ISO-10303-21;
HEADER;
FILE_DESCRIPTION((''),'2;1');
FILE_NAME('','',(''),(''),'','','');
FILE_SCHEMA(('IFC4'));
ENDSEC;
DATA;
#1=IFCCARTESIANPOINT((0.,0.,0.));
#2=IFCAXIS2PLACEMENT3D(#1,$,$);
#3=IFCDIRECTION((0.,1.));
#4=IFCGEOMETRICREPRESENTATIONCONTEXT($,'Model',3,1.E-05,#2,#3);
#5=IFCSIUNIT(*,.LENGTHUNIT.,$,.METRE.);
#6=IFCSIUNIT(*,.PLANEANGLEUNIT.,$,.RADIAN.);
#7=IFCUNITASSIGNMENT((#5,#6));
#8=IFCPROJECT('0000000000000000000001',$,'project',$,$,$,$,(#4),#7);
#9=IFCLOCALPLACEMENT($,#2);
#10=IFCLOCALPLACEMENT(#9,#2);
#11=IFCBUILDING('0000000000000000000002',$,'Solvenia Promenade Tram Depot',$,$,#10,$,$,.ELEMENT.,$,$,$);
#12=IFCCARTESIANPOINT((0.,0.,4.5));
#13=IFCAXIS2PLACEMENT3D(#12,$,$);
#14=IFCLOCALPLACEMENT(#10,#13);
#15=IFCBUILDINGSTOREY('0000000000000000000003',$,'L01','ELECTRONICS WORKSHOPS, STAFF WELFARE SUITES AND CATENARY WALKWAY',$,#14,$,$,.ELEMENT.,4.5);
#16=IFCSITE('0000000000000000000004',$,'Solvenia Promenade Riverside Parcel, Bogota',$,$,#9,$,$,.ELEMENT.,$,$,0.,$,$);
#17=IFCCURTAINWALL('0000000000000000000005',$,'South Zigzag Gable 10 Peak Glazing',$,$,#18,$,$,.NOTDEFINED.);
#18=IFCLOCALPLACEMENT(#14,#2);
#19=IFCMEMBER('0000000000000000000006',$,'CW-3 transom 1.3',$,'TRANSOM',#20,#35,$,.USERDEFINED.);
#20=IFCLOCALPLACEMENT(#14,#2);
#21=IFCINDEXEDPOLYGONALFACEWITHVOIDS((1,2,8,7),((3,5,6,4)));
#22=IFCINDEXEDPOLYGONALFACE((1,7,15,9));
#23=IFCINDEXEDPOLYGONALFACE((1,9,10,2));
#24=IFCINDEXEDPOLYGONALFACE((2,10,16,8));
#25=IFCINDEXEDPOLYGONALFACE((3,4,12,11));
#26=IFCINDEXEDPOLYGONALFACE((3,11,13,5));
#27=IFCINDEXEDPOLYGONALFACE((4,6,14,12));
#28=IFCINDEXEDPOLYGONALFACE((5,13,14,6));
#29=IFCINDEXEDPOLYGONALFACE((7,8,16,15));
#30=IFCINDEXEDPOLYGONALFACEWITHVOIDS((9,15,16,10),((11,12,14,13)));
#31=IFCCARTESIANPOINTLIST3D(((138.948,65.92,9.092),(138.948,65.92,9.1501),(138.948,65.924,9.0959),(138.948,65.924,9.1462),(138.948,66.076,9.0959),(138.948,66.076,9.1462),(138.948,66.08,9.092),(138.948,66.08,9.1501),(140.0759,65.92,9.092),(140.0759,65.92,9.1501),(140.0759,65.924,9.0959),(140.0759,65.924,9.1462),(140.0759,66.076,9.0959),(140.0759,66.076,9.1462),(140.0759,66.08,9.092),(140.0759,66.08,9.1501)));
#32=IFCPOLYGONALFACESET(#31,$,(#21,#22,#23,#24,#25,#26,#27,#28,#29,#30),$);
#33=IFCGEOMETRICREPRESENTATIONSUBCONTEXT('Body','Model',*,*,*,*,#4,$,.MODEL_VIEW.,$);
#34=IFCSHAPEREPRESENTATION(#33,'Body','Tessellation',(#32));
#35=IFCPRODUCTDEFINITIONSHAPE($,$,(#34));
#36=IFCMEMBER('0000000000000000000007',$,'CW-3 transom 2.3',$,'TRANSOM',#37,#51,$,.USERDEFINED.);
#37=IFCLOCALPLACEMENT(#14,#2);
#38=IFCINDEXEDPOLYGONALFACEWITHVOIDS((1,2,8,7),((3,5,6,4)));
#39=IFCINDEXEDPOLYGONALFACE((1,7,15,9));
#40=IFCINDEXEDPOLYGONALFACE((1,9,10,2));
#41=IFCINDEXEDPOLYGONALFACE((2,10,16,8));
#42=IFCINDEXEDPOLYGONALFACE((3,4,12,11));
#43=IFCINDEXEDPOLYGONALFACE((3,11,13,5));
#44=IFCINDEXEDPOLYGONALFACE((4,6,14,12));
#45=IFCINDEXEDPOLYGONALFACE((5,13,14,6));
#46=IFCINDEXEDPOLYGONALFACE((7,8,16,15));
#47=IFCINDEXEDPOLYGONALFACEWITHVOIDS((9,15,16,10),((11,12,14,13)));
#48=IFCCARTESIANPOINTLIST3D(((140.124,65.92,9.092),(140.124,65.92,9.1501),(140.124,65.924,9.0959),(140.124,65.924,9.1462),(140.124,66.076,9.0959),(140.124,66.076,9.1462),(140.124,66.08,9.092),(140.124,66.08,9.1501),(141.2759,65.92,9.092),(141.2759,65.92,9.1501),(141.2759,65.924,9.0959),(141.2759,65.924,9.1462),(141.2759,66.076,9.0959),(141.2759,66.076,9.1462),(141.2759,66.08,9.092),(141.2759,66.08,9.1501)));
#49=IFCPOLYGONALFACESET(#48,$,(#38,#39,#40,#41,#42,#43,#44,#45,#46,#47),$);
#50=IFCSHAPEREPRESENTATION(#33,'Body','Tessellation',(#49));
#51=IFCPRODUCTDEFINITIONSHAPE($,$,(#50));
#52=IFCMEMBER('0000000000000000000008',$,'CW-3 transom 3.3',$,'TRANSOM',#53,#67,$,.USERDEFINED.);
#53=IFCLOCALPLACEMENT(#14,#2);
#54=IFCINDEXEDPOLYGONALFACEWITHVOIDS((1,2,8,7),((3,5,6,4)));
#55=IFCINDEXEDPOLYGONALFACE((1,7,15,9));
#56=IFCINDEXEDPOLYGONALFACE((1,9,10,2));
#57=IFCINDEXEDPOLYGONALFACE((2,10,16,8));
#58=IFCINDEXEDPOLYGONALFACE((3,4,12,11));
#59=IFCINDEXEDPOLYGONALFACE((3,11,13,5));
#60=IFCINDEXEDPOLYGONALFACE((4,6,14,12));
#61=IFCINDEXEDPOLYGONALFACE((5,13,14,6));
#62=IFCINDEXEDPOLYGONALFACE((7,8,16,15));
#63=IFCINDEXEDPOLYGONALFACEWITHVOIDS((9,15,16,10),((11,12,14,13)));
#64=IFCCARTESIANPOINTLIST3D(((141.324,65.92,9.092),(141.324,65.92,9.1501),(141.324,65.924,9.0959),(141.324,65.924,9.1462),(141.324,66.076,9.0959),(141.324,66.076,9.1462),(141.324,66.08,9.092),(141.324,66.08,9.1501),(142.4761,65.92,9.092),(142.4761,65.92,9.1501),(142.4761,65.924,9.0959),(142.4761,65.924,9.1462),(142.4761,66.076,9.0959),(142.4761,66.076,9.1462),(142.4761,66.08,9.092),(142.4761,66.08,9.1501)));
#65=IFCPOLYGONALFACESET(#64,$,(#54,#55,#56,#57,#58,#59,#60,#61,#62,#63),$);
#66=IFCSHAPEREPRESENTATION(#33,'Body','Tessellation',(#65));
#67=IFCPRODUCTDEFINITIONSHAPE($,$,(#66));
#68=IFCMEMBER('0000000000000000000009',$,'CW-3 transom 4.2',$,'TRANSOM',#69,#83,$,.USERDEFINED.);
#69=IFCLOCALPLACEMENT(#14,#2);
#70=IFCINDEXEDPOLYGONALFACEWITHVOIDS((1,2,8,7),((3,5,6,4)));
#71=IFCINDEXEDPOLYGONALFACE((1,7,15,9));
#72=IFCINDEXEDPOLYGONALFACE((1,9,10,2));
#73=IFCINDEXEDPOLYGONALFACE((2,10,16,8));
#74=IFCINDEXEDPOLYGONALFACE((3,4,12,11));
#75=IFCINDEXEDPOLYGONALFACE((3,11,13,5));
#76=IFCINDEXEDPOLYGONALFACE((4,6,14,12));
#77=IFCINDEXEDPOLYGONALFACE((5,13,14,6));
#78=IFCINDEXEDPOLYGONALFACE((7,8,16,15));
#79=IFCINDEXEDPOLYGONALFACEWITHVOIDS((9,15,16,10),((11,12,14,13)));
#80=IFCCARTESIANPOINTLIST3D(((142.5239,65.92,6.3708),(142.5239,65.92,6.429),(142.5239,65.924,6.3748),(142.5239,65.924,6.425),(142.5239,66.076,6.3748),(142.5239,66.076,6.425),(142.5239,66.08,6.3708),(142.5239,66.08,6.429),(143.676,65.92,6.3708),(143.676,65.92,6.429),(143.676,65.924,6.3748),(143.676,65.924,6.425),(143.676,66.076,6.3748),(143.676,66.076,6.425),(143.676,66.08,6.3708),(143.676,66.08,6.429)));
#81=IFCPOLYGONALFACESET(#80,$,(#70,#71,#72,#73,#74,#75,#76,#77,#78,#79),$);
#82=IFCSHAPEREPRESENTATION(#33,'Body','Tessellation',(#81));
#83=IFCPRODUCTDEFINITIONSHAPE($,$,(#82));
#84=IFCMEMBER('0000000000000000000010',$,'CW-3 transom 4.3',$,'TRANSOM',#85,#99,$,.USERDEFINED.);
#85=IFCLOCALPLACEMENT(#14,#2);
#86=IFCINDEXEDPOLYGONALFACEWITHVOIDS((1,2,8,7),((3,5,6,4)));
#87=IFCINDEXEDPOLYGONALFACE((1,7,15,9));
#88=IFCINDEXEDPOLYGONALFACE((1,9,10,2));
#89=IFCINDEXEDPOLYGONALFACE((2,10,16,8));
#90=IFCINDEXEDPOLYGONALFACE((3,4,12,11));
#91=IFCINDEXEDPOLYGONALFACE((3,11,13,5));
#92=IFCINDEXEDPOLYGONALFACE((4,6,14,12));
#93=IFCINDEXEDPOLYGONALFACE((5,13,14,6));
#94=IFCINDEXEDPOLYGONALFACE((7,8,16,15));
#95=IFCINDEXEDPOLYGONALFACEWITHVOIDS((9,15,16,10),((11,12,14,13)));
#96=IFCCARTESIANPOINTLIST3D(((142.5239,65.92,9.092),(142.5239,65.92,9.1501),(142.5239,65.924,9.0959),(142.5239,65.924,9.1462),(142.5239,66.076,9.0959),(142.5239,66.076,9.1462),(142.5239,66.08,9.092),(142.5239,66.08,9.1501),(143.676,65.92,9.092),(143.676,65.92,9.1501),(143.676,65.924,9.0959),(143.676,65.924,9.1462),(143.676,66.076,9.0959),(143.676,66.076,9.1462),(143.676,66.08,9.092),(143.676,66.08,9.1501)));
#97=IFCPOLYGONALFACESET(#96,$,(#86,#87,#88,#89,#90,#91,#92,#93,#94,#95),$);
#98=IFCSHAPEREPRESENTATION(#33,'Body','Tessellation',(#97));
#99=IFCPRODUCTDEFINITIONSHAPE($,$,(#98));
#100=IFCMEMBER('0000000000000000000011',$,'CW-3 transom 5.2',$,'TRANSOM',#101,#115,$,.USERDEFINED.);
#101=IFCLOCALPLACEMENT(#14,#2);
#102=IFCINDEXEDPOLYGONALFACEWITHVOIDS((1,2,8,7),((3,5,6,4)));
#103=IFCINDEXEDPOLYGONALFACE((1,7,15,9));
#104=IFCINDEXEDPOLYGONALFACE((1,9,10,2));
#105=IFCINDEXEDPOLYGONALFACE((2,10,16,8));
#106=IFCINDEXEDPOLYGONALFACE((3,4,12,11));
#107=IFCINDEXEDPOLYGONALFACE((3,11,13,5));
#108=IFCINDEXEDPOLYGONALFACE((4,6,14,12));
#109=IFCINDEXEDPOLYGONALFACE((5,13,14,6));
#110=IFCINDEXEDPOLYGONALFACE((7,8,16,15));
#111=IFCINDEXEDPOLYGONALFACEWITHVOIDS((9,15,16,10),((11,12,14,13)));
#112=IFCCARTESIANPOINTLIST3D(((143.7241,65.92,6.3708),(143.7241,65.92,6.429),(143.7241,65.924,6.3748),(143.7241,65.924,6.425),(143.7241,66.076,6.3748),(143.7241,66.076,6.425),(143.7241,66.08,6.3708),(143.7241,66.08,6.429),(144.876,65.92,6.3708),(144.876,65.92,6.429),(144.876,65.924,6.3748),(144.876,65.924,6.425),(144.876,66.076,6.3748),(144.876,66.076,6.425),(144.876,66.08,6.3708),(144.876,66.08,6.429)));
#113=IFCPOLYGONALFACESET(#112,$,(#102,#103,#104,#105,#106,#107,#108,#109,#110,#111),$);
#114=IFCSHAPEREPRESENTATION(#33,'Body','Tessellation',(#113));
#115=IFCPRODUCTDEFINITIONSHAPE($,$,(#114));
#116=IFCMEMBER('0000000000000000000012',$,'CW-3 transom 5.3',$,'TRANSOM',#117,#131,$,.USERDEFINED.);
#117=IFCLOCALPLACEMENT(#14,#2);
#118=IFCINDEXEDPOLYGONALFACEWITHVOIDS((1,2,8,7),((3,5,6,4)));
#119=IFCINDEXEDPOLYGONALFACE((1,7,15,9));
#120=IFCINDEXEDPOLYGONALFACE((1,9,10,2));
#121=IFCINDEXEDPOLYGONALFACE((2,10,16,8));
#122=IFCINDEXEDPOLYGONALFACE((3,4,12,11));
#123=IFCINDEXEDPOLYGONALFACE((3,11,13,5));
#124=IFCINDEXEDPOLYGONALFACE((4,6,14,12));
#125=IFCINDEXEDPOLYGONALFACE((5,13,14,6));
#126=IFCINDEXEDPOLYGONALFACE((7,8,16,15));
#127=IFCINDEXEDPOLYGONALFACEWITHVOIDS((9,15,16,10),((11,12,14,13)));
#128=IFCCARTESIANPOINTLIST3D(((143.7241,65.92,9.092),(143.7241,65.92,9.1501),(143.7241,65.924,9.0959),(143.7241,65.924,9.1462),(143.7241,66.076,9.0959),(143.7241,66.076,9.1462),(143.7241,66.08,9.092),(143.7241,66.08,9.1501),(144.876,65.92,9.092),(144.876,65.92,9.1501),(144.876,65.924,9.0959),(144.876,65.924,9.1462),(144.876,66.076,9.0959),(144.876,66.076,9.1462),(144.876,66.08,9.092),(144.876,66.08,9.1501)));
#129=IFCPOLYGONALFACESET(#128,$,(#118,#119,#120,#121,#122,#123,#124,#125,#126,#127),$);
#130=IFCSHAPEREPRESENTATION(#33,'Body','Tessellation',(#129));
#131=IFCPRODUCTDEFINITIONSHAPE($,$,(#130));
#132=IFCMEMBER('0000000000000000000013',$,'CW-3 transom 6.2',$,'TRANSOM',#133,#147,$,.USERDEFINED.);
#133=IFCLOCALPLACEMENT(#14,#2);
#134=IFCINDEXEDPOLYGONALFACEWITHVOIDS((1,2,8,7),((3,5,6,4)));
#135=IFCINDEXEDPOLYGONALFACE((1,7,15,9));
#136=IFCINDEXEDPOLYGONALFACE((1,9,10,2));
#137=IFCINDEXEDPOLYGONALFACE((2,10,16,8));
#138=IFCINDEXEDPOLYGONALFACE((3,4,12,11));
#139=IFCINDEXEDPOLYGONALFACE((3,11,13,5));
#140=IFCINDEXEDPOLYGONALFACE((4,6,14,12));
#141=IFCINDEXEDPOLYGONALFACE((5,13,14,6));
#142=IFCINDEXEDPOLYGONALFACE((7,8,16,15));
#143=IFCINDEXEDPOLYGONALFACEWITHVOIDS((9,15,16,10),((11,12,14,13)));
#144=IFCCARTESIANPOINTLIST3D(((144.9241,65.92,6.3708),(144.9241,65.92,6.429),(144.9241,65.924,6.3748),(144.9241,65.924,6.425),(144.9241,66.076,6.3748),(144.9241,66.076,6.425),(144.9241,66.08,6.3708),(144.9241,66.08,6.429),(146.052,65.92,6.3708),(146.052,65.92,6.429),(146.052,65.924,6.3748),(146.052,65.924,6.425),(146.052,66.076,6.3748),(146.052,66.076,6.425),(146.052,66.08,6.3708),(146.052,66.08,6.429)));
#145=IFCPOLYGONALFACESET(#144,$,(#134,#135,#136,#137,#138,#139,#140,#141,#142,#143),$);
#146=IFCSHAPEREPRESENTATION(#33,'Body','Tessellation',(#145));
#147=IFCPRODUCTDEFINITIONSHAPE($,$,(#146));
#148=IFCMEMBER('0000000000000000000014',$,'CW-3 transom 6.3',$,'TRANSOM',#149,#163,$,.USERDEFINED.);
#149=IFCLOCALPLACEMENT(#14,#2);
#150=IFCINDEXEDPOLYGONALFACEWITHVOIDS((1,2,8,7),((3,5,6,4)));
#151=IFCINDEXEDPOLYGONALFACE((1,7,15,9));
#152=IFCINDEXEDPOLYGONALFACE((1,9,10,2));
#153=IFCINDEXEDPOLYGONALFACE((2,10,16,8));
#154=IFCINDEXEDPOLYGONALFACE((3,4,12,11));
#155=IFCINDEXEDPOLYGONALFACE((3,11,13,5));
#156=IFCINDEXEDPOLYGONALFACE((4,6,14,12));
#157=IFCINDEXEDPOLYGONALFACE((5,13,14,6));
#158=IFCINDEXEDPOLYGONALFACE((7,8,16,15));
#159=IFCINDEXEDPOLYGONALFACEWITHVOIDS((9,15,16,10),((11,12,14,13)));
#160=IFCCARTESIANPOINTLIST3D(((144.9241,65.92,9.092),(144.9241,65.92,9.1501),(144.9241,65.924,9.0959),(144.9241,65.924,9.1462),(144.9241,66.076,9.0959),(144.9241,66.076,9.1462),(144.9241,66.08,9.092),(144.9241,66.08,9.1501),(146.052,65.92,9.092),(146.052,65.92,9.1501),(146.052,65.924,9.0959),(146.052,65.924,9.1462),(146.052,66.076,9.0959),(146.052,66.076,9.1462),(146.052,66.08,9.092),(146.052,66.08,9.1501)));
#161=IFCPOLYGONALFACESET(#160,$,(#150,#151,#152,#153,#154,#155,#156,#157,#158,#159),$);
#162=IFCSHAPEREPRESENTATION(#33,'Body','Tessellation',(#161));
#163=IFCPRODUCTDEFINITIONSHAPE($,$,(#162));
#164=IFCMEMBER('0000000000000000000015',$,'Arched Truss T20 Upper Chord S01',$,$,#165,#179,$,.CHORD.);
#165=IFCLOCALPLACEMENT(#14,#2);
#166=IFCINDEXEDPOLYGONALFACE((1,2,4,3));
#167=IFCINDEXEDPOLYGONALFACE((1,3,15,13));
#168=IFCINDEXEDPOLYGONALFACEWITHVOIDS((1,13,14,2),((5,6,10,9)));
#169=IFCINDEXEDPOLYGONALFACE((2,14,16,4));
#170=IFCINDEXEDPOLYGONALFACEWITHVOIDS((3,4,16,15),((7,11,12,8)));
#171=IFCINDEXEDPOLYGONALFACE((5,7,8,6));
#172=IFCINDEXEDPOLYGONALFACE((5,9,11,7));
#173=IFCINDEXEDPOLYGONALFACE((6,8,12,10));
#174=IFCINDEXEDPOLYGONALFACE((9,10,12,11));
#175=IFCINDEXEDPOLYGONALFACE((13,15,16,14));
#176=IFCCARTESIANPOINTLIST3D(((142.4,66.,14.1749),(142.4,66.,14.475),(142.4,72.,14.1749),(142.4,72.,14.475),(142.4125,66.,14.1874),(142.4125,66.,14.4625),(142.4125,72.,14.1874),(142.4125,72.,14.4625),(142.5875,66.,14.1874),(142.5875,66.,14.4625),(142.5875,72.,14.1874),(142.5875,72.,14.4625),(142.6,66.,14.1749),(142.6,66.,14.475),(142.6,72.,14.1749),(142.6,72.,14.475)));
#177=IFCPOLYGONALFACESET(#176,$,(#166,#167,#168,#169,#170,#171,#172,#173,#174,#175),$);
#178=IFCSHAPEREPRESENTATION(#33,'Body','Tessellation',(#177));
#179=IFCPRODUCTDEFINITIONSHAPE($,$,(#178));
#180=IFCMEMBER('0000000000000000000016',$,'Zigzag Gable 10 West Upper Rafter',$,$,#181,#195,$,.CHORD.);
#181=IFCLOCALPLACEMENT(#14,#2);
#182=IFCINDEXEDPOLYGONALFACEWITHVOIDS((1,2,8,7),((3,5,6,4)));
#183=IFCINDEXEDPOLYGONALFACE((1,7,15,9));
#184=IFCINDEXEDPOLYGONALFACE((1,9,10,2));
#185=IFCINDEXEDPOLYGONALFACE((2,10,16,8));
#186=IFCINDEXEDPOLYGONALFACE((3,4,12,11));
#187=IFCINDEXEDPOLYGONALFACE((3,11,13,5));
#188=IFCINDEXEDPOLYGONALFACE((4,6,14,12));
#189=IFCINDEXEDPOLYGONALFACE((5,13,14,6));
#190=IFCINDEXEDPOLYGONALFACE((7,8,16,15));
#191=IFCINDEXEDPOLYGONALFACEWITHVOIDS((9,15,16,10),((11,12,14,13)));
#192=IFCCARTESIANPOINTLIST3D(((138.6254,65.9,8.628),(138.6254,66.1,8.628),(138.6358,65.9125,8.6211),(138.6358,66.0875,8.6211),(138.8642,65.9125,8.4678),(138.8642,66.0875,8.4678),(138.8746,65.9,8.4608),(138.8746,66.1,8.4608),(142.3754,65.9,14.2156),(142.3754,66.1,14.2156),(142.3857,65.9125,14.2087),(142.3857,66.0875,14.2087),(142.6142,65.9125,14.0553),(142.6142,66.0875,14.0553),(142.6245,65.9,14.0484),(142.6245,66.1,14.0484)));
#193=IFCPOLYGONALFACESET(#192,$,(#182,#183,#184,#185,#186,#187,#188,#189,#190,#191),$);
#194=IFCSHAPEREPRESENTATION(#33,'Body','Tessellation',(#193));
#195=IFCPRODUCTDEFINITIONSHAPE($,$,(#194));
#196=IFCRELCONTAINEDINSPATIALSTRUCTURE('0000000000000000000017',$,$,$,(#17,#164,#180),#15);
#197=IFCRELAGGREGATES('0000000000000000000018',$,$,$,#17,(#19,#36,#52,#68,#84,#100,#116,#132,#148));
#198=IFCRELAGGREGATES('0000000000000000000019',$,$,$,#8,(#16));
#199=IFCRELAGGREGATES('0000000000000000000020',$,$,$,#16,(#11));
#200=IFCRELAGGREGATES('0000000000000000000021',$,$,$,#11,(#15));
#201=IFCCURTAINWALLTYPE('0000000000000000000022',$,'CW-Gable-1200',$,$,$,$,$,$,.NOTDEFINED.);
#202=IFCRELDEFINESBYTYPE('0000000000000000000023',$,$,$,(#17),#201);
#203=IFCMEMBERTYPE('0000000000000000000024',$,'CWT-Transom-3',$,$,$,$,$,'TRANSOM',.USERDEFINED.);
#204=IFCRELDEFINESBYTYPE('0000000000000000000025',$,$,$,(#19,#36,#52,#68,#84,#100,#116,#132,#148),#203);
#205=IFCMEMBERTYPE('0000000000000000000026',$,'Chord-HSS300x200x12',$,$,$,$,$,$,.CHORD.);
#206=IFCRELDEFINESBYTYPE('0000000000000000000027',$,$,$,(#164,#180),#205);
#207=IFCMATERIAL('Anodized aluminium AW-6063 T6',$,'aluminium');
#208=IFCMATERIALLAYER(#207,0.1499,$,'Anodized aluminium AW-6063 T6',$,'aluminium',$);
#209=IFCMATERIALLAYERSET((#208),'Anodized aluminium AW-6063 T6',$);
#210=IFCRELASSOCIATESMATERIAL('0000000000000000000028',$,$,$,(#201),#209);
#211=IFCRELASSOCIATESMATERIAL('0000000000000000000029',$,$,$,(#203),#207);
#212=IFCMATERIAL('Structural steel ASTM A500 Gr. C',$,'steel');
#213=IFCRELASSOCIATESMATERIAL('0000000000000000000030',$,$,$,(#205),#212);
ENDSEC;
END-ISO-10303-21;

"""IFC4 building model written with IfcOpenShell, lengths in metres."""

from ifc_helpers import new_model, si_unit, direction, frame, origin, origin_2d, place, context, subcontext, project, spatial, hollow_rectangle, extrude, material, layer, layer_set, material_profile, profile_set, type_object, element, aggregate, save


model = new_model("IFC4")

# Units and contexts
model_context = context("Model", 3, precision=1e-05, world=origin(), true_north=direction((0.0, 1.0)))
body_context = subcontext(model_context, "Body", "Model", "MODEL_VIEW")
ifc_project = project(units=[si_unit("LENGTHUNIT", "METRE"), si_unit("PLANEANGLEUNIT", "RADIAN")], contexts=[model_context])

# Site, building, storey
site_placement = place(None, origin())
site = spatial("IfcSite", under=ifc_project, at=site_placement, Name="Solvenia Promenade Riverside Parcel, Bogota", CompositionType="ELEMENT", RefElevation=0.0)
building_placement = place(site_placement, origin())
building = spatial("IfcBuilding", under=site, at=building_placement, Name="Solvenia Promenade Tram Depot", CompositionType="ELEMENT")
storey_placement = place(building_placement, frame((0.0, 0.0, 4.5)))
storey = spatial("IfcBuildingStorey", under=building, at=storey_placement, Name="L01", Description="ELECTRONICS WORKSHOPS, STAFF WELFARE SUITES AND CATENARY WALKWAY", CompositionType="ELEMENT", Elevation=4.5)

# Curtain wall, members
ifc_material_1 = material(Name="Anodized aluminium AW-6063 T6", Category="aluminium")
ifc_layer_1 = layer(ifc_material_1, 0.1499, Name="Anodized aluminium AW-6063 T6", Category="aluminium")
ifc_layer_set_1 = layer_set([ifc_layer_1], Name="Anodized aluminium AW-6063 T6")
curtain_wall_type = type_object("IfcCurtainWallType", Name="CW-Gable-1200", PredefinedType="NOTDEFINED", material=ifc_layer_set_1)
curtain_wall_placement = place(storey_placement, origin())
curtain_wall = element("IfcCurtainWall", 1, at=curtain_wall_placement, inside=storey, type_object=curtain_wall_type, Name="South Zigzag Gable 10 Peak Glazing", PredefinedType="NOTDEFINED")
ifc_material_profile_1 = material_profile(ifc_material_1, hollow_rectangle(XDim=0.1599, YDim=0.0581, WallThickness=0.0039, at=origin_2d()), Name="ALU-T3", Category="aluminium")
ifc_profile_set_1 = profile_set([ifc_material_profile_1], Name="Anodized aluminium AW-6063 T6")
member_type_1 = type_object("IfcMemberType", Name="CWT-Transom-3", ElementType="TRANSOM", PredefinedType="USERDEFINED", material=ifc_profile_set_1)
member_1_placement = place(storey_placement, frame((138.948, 66.0, 9.1211), z_axis=(1.0, 0.0, 0.0), x_axis=(0.0, 1.0, 0.0)))
member_1 = element("IfcMember", 2, at=member_1_placement, type_object=member_type_1, Name="CW-3 transom 1.3", ObjectType="TRANSOM", PredefinedType="USERDEFINED", context=body_context, shape_type="SweptSolid", body=[
    extrude(hollow_rectangle(XDim=0.1599, YDim=0.0581, WallThickness=0.0039, at=origin_2d()), origin(), (0.0, 0.0, 1.0), 1.1279),
])
member_2_placement = place(storey_placement, frame((140.124, 66.0, 9.1211), z_axis=(1.0, 0.0, 0.0), x_axis=(0.0, 1.0, 0.0)))
member_2 = element("IfcMember", 3, at=member_2_placement, type_object=member_type_1, Name="CW-3 transom 2.3", ObjectType="TRANSOM", PredefinedType="USERDEFINED", context=body_context, shape_type="SweptSolid", body=[
    extrude(hollow_rectangle(XDim=0.1599, YDim=0.0581, WallThickness=0.0039, at=origin_2d()), origin(), (0.0, 0.0, 1.0), 1.1519),
])
member_3_placement = place(storey_placement, frame((141.324, 66.0, 9.1211), z_axis=(1.0, 0.0, 0.0), x_axis=(0.0, 1.0, 0.0)))
member_3 = element("IfcMember", 4, at=member_3_placement, type_object=member_type_1, Name="CW-3 transom 3.3", ObjectType="TRANSOM", PredefinedType="USERDEFINED", context=body_context, shape_type="SweptSolid", body=[
    extrude(hollow_rectangle(XDim=0.1599, YDim=0.0581, WallThickness=0.0039, at=origin_2d()), origin(), (0.0, 0.0, 1.0), 1.1521),
])
member_4_placement = place(storey_placement, frame((142.5239, 66.0, 6.3999), z_axis=(1.0, 0.0, 0.0), x_axis=(0.0, 1.0, 0.0)))
member_4 = element("IfcMember", 5, at=member_4_placement, type_object=member_type_1, Name="CW-3 transom 4.2", ObjectType="TRANSOM", PredefinedType="USERDEFINED", context=body_context, shape_type="SweptSolid", body=[
    extrude(hollow_rectangle(XDim=0.1599, YDim=0.0581, WallThickness=0.0039, at=origin_2d()), origin(), (0.0, 0.0, 1.0), 1.1521),
])
member_5_placement = place(storey_placement, frame((142.5239, 66.0, 9.1211), z_axis=(1.0, 0.0, 0.0), x_axis=(0.0, 1.0, 0.0)))
member_5 = element("IfcMember", 6, at=member_5_placement, type_object=member_type_1, Name="CW-3 transom 4.3", ObjectType="TRANSOM", PredefinedType="USERDEFINED", context=body_context, shape_type="SweptSolid", body=[
    extrude(hollow_rectangle(XDim=0.1599, YDim=0.0581, WallThickness=0.0039, at=origin_2d()), origin(), (0.0, 0.0, 1.0), 1.1521),
])
member_6_placement = place(storey_placement, frame((143.7241, 66.0, 6.3999), z_axis=(1.0, 0.0, 0.0), x_axis=(0.0, 1.0, 0.0)))
member_6 = element("IfcMember", 7, at=member_6_placement, type_object=member_type_1, Name="CW-3 transom 5.2", ObjectType="TRANSOM", PredefinedType="USERDEFINED", context=body_context, shape_type="SweptSolid", body=[
    extrude(hollow_rectangle(XDim=0.1599, YDim=0.0581, WallThickness=0.0039, at=origin_2d()), origin(), (0.0, 0.0, 1.0), 1.1519),
])
member_7_placement = place(storey_placement, frame((143.7241, 66.0, 9.1211), z_axis=(1.0, 0.0, 0.0), x_axis=(0.0, 1.0, 0.0)))
member_7 = element("IfcMember", 8, at=member_7_placement, type_object=member_type_1, Name="CW-3 transom 5.3", ObjectType="TRANSOM", PredefinedType="USERDEFINED", context=body_context, shape_type="SweptSolid", body=[
    extrude(hollow_rectangle(XDim=0.1599, YDim=0.0581, WallThickness=0.0039, at=origin_2d()), origin(), (0.0, 0.0, 1.0), 1.1519),
])
member_8_placement = place(storey_placement, frame((144.9241, 66.0, 6.3999), z_axis=(1.0, 0.0, 0.0), x_axis=(0.0, 1.0, 0.0)))
member_8 = element("IfcMember", 9, at=member_8_placement, type_object=member_type_1, Name="CW-3 transom 6.2", ObjectType="TRANSOM", PredefinedType="USERDEFINED", context=body_context, shape_type="SweptSolid", body=[
    extrude(hollow_rectangle(XDim=0.1599, YDim=0.0581, WallThickness=0.0039, at=origin_2d()), origin(), (0.0, 0.0, 1.0), 1.1279),
])
member_9_placement = place(storey_placement, frame((144.9241, 66.0, 9.1211), z_axis=(1.0, 0.0, 0.0), x_axis=(0.0, 1.0, 0.0)))
member_9 = element("IfcMember", 10, at=member_9_placement, type_object=member_type_1, Name="CW-3 transom 6.3", ObjectType="TRANSOM", PredefinedType="USERDEFINED", context=body_context, shape_type="SweptSolid", body=[
    extrude(hollow_rectangle(XDim=0.1599, YDim=0.0581, WallThickness=0.0039, at=origin_2d()), origin(), (0.0, 0.0, 1.0), 1.1279),
])

# Members
ifc_material_2 = material(Name="Structural steel ASTM A500 Gr. C", Category="steel")
ifc_material_profile_2 = material_profile(ifc_material_2, hollow_rectangle(XDim=0.2, YDim=0.3, WallThickness=0.0125, at=origin_2d()), Name="HSS300x200x12.5", Category="steel")
ifc_profile_set_2 = profile_set([ifc_material_profile_2], Name="Structural steel ASTM A500 Gr. C")
member_type_2 = type_object("IfcMemberType", Name="Chord-HSS300x200x12", PredefinedType="CHORD", material=ifc_profile_set_2)
member_10_placement = place(storey_placement, frame((142.5, 66.0, 14.325), z_axis=(0.0, 1.0, 0.0), x_axis=(-1.0, 0.0, 0.0)))
element("IfcMember", 11, at=member_10_placement, inside=storey, type_object=member_type_2, Name="Arched Truss T20 Upper Chord S01", PredefinedType="CHORD", context=body_context, shape_type="SweptSolid", body=[
    extrude(hollow_rectangle(XDim=0.2, YDim=0.3, WallThickness=0.0125, at=origin_2d()), origin(), (0.0, 0.0, 1.0), 6.0),
])
for number, where, z_axis, x_axis, name in (
    (12, (138.75, 66.0, 8.5444), (0.557259, 0.0, 0.830338), (0.0, 1.0, 0.0), "Zigzag Gable 10 West Upper Rafter"),
):
    element("IfcMember", number, at=place(storey_placement, frame(where, z_axis=z_axis, x_axis=x_axis)), inside=storey, type_object=member_type_2, Name=name, PredefinedType="CHORD", context=body_context, shape_type="SweptSolid", body=[
        extrude(hollow_rectangle(XDim=0.2, YDim=0.3, WallThickness=0.0125, at=origin_2d()), origin(), (0.0, 0.0, 1.0), 6.7292),
    ])

aggregate(curtain_wall, [member_1, member_2, member_3, member_4, member_5, member_6, member_7, member_8, member_9])

save(model, "model.ifc")
